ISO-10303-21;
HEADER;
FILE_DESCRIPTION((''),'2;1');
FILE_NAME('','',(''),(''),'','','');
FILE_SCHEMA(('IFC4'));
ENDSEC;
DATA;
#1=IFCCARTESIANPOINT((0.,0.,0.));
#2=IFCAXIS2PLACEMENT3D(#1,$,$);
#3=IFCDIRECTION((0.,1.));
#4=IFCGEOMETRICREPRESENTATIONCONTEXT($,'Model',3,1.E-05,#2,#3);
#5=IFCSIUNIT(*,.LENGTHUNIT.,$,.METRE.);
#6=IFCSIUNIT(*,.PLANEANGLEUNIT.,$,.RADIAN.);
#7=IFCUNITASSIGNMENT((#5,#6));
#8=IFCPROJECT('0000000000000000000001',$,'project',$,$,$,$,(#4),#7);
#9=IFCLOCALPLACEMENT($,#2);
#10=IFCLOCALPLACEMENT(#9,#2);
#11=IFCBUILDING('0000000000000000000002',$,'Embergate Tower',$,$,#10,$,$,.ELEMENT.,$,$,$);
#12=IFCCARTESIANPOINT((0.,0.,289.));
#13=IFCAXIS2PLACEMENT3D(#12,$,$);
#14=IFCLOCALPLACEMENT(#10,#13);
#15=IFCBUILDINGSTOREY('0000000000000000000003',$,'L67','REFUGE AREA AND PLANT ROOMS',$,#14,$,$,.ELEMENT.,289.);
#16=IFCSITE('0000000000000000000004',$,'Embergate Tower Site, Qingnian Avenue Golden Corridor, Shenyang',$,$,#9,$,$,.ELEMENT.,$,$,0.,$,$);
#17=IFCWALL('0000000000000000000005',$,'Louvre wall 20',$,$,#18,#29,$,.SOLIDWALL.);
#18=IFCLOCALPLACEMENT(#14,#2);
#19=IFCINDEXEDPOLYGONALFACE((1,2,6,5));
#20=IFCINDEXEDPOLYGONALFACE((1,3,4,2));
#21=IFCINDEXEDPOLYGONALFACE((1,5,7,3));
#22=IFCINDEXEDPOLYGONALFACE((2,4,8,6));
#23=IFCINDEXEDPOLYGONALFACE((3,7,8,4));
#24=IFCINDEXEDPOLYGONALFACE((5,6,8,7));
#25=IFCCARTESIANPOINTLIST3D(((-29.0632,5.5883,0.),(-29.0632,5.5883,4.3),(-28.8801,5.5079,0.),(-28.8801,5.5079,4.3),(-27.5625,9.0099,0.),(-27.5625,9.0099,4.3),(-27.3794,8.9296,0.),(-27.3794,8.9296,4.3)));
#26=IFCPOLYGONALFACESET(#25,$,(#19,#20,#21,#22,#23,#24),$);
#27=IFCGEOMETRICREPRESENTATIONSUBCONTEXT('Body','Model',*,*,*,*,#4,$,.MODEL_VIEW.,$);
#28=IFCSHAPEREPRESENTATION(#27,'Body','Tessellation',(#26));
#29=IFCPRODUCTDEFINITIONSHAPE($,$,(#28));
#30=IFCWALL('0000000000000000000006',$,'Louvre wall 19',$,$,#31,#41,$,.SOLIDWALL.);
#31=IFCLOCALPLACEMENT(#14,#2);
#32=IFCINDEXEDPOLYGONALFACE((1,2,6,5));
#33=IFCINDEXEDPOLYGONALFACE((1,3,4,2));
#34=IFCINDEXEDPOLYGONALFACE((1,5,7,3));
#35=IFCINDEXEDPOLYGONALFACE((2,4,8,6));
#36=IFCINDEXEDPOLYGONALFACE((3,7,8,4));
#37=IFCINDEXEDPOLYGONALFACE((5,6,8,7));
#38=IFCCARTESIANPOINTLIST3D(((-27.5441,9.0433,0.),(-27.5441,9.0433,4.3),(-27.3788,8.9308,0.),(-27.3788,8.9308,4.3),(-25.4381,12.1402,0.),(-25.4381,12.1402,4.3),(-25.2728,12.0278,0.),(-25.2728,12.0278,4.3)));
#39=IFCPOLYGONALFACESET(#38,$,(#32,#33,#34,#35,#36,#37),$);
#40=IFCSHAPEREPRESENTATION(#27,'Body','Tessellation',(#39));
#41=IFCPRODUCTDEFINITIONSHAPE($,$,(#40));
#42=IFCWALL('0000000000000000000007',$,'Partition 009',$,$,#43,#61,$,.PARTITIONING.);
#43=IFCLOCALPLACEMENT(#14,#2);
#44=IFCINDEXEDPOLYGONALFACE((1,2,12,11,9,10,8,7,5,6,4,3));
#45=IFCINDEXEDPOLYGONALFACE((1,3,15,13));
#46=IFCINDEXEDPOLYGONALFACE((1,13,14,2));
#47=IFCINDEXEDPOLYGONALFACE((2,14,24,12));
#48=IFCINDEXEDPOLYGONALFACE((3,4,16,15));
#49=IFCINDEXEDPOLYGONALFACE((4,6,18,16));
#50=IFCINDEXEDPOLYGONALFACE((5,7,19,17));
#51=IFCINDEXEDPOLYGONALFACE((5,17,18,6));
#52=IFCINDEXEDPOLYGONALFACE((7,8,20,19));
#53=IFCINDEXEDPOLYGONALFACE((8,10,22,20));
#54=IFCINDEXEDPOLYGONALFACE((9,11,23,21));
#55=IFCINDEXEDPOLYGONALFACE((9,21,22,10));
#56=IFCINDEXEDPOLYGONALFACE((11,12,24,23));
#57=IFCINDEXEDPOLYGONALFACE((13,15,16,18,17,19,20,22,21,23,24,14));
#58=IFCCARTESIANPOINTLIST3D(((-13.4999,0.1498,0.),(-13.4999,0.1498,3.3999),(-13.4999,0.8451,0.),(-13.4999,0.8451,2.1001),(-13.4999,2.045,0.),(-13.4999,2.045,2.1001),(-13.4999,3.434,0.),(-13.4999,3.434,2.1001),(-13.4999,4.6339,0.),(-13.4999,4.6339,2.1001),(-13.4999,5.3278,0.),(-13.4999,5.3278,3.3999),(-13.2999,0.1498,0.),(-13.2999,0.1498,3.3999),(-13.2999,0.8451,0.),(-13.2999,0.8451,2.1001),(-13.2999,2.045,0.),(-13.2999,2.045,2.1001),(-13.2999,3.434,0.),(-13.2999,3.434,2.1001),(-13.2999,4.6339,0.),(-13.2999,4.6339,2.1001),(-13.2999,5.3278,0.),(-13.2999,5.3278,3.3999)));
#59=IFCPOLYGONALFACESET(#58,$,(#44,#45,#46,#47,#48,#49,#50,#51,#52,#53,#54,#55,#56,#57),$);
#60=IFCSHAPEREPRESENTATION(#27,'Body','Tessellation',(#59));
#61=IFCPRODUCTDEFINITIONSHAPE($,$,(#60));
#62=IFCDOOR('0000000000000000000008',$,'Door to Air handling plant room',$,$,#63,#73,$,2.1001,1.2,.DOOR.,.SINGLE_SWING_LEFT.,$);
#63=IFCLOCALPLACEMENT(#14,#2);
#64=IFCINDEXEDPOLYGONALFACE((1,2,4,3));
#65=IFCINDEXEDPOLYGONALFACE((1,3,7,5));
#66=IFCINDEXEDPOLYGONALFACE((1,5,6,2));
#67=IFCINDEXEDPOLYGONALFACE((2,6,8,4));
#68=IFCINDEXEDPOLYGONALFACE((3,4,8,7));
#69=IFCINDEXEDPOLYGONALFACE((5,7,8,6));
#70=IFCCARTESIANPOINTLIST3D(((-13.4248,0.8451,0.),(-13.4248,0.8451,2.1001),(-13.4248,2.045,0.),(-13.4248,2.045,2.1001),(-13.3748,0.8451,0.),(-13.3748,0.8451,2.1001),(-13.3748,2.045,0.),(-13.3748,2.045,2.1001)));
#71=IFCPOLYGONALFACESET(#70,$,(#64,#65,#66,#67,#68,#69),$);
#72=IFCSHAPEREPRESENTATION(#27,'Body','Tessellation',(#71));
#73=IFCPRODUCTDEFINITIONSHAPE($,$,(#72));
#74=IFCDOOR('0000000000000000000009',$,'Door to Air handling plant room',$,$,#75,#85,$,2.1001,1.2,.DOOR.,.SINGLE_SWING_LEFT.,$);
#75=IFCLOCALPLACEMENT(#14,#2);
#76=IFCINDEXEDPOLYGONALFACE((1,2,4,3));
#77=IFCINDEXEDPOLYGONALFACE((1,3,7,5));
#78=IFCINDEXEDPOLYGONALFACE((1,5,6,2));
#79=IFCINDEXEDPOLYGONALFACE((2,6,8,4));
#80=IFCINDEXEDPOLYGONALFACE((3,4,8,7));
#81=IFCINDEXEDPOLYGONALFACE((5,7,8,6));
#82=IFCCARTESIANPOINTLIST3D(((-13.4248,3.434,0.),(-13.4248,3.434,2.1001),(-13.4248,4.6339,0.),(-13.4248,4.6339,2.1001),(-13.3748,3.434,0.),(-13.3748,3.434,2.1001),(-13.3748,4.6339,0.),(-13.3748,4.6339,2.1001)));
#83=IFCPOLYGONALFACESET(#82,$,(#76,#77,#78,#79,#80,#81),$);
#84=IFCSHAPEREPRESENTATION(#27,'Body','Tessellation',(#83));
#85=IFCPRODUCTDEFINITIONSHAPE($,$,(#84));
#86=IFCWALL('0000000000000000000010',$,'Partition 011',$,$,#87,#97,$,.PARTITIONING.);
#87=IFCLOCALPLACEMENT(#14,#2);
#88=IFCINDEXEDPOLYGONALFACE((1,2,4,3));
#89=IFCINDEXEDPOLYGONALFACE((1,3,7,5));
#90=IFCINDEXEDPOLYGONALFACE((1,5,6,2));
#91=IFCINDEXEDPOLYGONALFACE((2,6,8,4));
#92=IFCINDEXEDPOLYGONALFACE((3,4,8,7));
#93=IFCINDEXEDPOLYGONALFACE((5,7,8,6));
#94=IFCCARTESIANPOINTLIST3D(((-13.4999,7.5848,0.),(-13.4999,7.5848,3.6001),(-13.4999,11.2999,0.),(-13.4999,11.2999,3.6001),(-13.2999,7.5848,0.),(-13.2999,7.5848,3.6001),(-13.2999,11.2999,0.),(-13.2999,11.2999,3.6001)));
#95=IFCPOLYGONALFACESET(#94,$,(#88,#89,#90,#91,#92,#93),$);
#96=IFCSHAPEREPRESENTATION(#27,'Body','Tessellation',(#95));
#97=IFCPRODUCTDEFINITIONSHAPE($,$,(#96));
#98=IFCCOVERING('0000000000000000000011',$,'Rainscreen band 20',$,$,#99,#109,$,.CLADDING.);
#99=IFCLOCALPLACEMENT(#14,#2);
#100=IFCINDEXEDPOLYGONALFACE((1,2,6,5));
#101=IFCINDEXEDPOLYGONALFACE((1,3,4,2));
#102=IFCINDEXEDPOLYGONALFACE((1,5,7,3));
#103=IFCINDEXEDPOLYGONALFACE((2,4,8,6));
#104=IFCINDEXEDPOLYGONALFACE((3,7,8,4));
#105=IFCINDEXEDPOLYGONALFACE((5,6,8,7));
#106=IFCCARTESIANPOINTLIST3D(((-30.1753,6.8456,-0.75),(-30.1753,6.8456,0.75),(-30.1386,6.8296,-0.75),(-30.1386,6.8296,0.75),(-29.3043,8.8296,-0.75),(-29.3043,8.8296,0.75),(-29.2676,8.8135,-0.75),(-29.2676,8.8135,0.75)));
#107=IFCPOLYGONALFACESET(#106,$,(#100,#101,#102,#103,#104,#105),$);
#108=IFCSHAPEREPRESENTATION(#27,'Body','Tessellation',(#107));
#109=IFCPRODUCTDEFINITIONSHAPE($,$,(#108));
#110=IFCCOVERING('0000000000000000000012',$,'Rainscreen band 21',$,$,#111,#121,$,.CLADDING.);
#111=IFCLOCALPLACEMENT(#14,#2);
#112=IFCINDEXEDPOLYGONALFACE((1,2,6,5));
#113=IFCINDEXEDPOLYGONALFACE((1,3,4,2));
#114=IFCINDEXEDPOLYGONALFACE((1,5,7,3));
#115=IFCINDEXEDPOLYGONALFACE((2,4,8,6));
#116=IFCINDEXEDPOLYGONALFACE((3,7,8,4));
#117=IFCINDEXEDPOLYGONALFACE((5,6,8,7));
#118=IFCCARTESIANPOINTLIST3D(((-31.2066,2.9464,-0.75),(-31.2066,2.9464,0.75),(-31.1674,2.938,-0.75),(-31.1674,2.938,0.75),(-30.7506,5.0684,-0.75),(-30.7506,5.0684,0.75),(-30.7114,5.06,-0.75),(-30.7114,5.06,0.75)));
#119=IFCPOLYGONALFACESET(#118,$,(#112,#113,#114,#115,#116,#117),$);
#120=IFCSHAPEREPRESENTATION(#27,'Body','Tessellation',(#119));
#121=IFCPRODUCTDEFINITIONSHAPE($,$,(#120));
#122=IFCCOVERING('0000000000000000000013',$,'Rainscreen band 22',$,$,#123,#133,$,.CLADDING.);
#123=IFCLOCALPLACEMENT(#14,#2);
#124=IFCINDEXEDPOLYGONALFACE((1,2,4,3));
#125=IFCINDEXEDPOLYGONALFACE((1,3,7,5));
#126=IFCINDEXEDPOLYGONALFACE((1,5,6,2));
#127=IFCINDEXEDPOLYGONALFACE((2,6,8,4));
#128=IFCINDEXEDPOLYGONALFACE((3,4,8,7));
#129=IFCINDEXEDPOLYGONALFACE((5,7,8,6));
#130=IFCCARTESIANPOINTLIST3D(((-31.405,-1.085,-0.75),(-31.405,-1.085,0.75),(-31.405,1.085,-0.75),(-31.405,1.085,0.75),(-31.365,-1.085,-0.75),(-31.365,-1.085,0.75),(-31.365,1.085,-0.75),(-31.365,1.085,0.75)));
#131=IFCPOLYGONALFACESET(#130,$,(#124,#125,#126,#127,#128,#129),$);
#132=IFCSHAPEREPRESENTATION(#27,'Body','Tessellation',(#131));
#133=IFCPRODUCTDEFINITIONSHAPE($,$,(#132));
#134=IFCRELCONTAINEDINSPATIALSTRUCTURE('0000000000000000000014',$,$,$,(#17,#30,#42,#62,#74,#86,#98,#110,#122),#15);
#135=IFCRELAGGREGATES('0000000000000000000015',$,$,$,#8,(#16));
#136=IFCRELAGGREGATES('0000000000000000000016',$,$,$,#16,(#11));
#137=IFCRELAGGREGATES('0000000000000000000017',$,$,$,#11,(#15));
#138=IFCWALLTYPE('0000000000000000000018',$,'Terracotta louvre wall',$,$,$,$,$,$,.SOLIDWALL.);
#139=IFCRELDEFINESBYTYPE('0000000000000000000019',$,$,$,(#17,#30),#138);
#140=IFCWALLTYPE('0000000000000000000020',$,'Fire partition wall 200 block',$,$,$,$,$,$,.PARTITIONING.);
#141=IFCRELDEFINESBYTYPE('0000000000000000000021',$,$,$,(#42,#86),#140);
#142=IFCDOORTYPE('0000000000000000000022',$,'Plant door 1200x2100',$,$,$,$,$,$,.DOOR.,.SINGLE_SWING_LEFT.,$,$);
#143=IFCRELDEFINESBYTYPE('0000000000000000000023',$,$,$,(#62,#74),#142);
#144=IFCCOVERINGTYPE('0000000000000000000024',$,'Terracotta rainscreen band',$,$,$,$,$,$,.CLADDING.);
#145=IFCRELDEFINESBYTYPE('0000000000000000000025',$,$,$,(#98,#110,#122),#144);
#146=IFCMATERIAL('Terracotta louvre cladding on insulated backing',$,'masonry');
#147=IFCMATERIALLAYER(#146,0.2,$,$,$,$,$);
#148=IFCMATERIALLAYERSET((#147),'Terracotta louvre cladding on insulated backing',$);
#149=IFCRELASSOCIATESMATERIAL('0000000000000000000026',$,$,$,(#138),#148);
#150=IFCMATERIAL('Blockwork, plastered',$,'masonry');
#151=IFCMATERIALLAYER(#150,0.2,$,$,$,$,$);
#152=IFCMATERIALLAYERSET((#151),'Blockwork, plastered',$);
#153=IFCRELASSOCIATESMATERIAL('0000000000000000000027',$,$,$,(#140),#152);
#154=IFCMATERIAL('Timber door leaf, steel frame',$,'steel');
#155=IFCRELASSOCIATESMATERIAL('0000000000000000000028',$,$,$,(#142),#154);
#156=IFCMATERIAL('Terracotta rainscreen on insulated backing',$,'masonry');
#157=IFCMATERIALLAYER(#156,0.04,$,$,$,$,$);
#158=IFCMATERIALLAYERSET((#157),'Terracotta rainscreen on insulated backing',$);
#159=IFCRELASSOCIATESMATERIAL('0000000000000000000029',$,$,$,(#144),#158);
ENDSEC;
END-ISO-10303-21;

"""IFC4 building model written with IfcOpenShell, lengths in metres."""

from ifc_helpers import new_model, si_unit, direction, frame, frame_2d, origin, origin_2d, place, context, subcontext, project, spatial, rectangle, extrude, source, transform, mapped, material, layer, layer_set, type_object, element, fill, save


model = new_model("IFC4")

# Units and contexts
model_context = context("Model", 3, precision=1e-05, world=origin(), true_north=direction((0.0, 1.0)))
body_context = subcontext(model_context, "Body", "Model", "MODEL_VIEW")
ifc_project = project(units=[si_unit("LENGTHUNIT", "METRE"), si_unit("PLANEANGLEUNIT", "RADIAN")], contexts=[model_context])

# Site, building, storey
site_placement = place(None, origin())
site = spatial("IfcSite", under=ifc_project, at=site_placement, Name="Embergate Tower Site, Qingnian Avenue Golden Corridor, Shenyang", CompositionType="ELEMENT", RefElevation=0.0)
building_placement = place(site_placement, origin())
building = spatial("IfcBuilding", under=site, at=building_placement, Name="Embergate Tower", CompositionType="ELEMENT")
storey_placement = place(building_placement, frame((0.0, 0.0, 289.0)))
storey = spatial("IfcBuildingStorey", under=building, at=storey_placement, Name="L67", Description="REFUGE AREA AND PLANT ROOMS", CompositionType="ELEMENT", Elevation=289.0)

# Walls
ifc_material_1 = material(Name="Terracotta louvre cladding on insulated backing", Category="masonry")
ifc_layer_1 = layer(ifc_material_1, 0.2)
ifc_layer_set_1 = layer_set([ifc_layer_1], Name="Terracotta louvre cladding on insulated backing")
wall_type_1 = type_object("IfcWallType", Name="Terracotta louvre wall", PredefinedType="SOLIDWALL", material=ifc_layer_set_1)
shared_shape_1 = source(origin(), body_context, "Body", "SweptSolid", [
    extrude(rectangle(XDim=3.7363, YDim=0.2, at=frame_2d((1.8682, 0.0))), origin(), (0.0, 0.0, 1.0), 4.3),
])
wall_1_placement = place(storey_placement, frame((-28.9717, 5.5481, 0.0), z_axis=(0.0, 0.0, 1.0), x_axis=(0.401665, 0.915787, 0.0)))
element("IfcWall", 1, at=wall_1_placement, inside=storey, type_object=wall_type_1, Name="Louvre wall 20", PredefinedType="SOLIDWALL", context=body_context, shape_type="MappedRepresentation", body=[
    mapped(shared_shape_1, transform((0.0, 0.0, 0.0))),
])
shared_shape_2 = source(origin(), body_context, "Body", "SweptSolid", [
    extrude(rectangle(XDim=3.7451, YDim=0.2, at=frame_2d((1.8726, 0.0))), origin(), (0.0, 0.0, 1.0), 4.3),
])
wall_2_placement = place(storey_placement, frame((-27.4614, 8.9871, 0.0), z_axis=(0.0, 0.0, 1.0), x_axis=(0.562319, 0.82692, 0.0)))
element("IfcWall", 2, at=wall_2_placement, inside=storey, type_object=wall_type_1, Name="Louvre wall 19", PredefinedType="SOLIDWALL", context=body_context, shape_type="MappedRepresentation", body=[
    mapped(shared_shape_2, transform((0.0, 0.0, 0.0))),
])

# Wall, openings, doors
ifc_material_2 = material(Name="Blockwork, plastered", Category="masonry")
ifc_layer_2 = layer(ifc_material_2, 0.2)
ifc_layer_set_2 = layer_set([ifc_layer_2], Name="Blockwork, plastered")
wall_type_2 = type_object("IfcWallType", Name="Fire partition wall 200 block", PredefinedType="PARTITIONING", material=ifc_layer_set_2)
shared_shape_3 = source(origin(), body_context, "Body", "SweptSolid", [
    extrude(rectangle(XDim=5.178, YDim=0.2, at=frame_2d((2.5889, 0.0))), origin(), (0.0, 0.0, 1.0), 3.3999),
])
wall_3_placement = place(storey_placement, frame((-13.3999, 0.1499, 0.0), z_axis=(0.0, 0.0, 1.0), x_axis=(0.0, 1.0, 0.0)))
wall_3 = element("IfcWall", 3, at=wall_3_placement, inside=storey, type_object=wall_type_2, Name="Partition 009", PredefinedType="PARTITIONING", context=body_context, shape_type="MappedRepresentation", body=[
    mapped(shared_shape_3, transform((0.0, 0.0, 0.0))),
])
shared_shape_4 = source(origin(), body_context, "Body", "SweptSolid", [
    extrude(rectangle(XDim=1.2, YDim=2.1001, at=frame_2d((0.6001, 1.05))), frame((0.0, 0.1099, 0.0), z_axis=(0.0, -1.0, 0.0), x_axis=(1.0, 0.0, 0.0)), (0.0, 0.0, 1.0), 0.22),
])
opening_1_placement = place(wall_3_placement, frame((0.6951, 0.0, 0.0)))
opening_1 = element("IfcOpeningElement", 4, at=opening_1_placement, cuts=wall_3, PredefinedType="OPENING", context=body_context, shape_type="MappedRepresentation", body=[
    mapped(shared_shape_4, transform((0.0, 0.0, 0.0))),
])
opening_2_placement = place(wall_3_placement, frame((3.2839, 0.0, 0.0)))
opening_2 = element("IfcOpeningElement", 5, at=opening_2_placement, cuts=wall_3, PredefinedType="OPENING", context=body_context, shape_type="MappedRepresentation", body=[
    mapped(shared_shape_4, transform((0.0, 0.0, 0.0))),
])
ifc_material_3 = material(Name="Timber door leaf, steel frame", Category="steel")
door_type = type_object("IfcDoorType", Name="Plant door 1200x2100", OperationType="SINGLE_SWING_LEFT", PredefinedType="DOOR", material=ifc_material_3)
shared_shape_5 = source(origin(), body_context, "Body", "SweptSolid", [
    extrude(rectangle(XDim=1.2, YDim=2.1001, at=frame_2d((0.6001, 1.05))), frame((0.0, 0.0249, 0.0), z_axis=(0.0, -1.0, 0.0), x_axis=(1.0, 0.0, 0.0)), (0.0, 0.0, 1.0), 0.05),
])
door_1_placement = place(opening_1_placement, origin())
door_1 = element("IfcDoor", 6, at=door_1_placement, inside=storey, type_object=door_type, Name="Door to Air handling plant room", OperationType="SINGLE_SWING_LEFT", OverallHeight=2.1001, OverallWidth=1.2, PredefinedType="DOOR", context=body_context, shape_type="MappedRepresentation", body=[
    mapped(shared_shape_5, transform((0.0, 0.0, 0.0))),
])
fill(opening_1, door_1)
door_2_placement = place(opening_2_placement, origin())
door_2 = element("IfcDoor", 7, at=door_2_placement, inside=storey, type_object=door_type, Name="Door to Air handling plant room", OperationType="SINGLE_SWING_LEFT", OverallHeight=2.1001, OverallWidth=1.2, PredefinedType="DOOR", context=body_context, shape_type="MappedRepresentation", body=[
    mapped(shared_shape_5, transform((0.0, 0.0, 0.0))),
])
fill(opening_2, door_2)

# Wall
shared_shape_6 = source(origin(), body_context, "Body", "SweptSolid", [
    extrude(rectangle(XDim=3.7151, YDim=0.2, at=frame_2d((1.8574, 0.0))), origin(), (0.0, 0.0, 1.0), 3.6001),
])
wall_4_placement = place(storey_placement, frame((-13.3999, 7.585, 0.0), z_axis=(0.0, 0.0, 1.0), x_axis=(0.0, 1.0, 0.0)))
element("IfcWall", 8, at=wall_4_placement, inside=storey, type_object=wall_type_2, Name="Partition 011", PredefinedType="PARTITIONING", context=body_context, shape_type="MappedRepresentation", body=[
    mapped(shared_shape_6, transform((0.0, 0.0, 0.0))),
])

# Coverings
ifc_material_4 = material(Name="Terracotta rainscreen on insulated backing", Category="masonry")
ifc_layer_3 = layer(ifc_material_4, 0.04)
ifc_layer_set_3 = layer_set([ifc_layer_3], Name="Terracotta rainscreen on insulated backing")
covering_type = type_object("IfcCoveringType", Name="Terracotta rainscreen band", PredefinedType="CLADDING", material=ifc_layer_set_3)
shared_shape_7 = source(origin(), body_context, "Body", "SweptSolid", [
    extrude(rectangle(XDim=2.1667, YDim=0.04, at=origin_2d()), origin(), (0.0, 0.0, 1.0), 1.5),
])
covering_1_placement = place(storey_placement, frame((-29.7214, 7.8296, -0.75), z_axis=(0.0, 0.0, 1.0), x_axis=(-0.401981, -0.915648, 0.0)))
element("IfcCovering", 9, at=covering_1_placement, inside=storey, type_object=covering_type, Name="Rainscreen band 20", PredefinedType="CLADDING", context=body_context, shape_type="MappedRepresentation", body=[
    mapped(shared_shape_7, transform((0.0, 0.0, 0.0))),
])
shared_shape_8 = source(origin(), body_context, "Body", "SweptSolid", [
    extrude(rectangle(XDim=2.1704, YDim=0.04, at=origin_2d()), origin(), (0.0, 0.0, 1.0), 1.5),
])
covering_2_placement = place(storey_placement, frame((-30.959, 4.0032, -0.75), z_axis=(0.0, 0.0, 1.0), x_axis=(-0.210095, -0.977681, 0.0)))
element("IfcCovering", 10, at=covering_2_placement, inside=storey, type_object=covering_type, Name="Rainscreen band 21", PredefinedType="CLADDING", context=body_context, shape_type="MappedRepresentation", body=[
    mapped(shared_shape_8, transform((0.0, 0.0, 0.0))),
])
shared_shape_9 = source(origin(), body_context, "Body", "SweptSolid", [
    extrude(rectangle(XDim=2.1699, YDim=0.04, at=origin_2d()), origin(), (0.0, 0.0, 1.0), 1.5),
])
covering_3_placement = place(storey_placement, frame((-31.385, 0.0, -0.75), z_axis=(0.0, 0.0, 1.0), x_axis=(0.0, -1.0, 0.0)))
element("IfcCovering", 11, at=covering_3_placement, inside=storey, type_object=covering_type, Name="Rainscreen band 22", PredefinedType="CLADDING", context=body_context, shape_type="MappedRepresentation", body=[
    mapped(shared_shape_9, transform((0.0, 0.0, 0.0))),
])

save(model, "model.ifc")
